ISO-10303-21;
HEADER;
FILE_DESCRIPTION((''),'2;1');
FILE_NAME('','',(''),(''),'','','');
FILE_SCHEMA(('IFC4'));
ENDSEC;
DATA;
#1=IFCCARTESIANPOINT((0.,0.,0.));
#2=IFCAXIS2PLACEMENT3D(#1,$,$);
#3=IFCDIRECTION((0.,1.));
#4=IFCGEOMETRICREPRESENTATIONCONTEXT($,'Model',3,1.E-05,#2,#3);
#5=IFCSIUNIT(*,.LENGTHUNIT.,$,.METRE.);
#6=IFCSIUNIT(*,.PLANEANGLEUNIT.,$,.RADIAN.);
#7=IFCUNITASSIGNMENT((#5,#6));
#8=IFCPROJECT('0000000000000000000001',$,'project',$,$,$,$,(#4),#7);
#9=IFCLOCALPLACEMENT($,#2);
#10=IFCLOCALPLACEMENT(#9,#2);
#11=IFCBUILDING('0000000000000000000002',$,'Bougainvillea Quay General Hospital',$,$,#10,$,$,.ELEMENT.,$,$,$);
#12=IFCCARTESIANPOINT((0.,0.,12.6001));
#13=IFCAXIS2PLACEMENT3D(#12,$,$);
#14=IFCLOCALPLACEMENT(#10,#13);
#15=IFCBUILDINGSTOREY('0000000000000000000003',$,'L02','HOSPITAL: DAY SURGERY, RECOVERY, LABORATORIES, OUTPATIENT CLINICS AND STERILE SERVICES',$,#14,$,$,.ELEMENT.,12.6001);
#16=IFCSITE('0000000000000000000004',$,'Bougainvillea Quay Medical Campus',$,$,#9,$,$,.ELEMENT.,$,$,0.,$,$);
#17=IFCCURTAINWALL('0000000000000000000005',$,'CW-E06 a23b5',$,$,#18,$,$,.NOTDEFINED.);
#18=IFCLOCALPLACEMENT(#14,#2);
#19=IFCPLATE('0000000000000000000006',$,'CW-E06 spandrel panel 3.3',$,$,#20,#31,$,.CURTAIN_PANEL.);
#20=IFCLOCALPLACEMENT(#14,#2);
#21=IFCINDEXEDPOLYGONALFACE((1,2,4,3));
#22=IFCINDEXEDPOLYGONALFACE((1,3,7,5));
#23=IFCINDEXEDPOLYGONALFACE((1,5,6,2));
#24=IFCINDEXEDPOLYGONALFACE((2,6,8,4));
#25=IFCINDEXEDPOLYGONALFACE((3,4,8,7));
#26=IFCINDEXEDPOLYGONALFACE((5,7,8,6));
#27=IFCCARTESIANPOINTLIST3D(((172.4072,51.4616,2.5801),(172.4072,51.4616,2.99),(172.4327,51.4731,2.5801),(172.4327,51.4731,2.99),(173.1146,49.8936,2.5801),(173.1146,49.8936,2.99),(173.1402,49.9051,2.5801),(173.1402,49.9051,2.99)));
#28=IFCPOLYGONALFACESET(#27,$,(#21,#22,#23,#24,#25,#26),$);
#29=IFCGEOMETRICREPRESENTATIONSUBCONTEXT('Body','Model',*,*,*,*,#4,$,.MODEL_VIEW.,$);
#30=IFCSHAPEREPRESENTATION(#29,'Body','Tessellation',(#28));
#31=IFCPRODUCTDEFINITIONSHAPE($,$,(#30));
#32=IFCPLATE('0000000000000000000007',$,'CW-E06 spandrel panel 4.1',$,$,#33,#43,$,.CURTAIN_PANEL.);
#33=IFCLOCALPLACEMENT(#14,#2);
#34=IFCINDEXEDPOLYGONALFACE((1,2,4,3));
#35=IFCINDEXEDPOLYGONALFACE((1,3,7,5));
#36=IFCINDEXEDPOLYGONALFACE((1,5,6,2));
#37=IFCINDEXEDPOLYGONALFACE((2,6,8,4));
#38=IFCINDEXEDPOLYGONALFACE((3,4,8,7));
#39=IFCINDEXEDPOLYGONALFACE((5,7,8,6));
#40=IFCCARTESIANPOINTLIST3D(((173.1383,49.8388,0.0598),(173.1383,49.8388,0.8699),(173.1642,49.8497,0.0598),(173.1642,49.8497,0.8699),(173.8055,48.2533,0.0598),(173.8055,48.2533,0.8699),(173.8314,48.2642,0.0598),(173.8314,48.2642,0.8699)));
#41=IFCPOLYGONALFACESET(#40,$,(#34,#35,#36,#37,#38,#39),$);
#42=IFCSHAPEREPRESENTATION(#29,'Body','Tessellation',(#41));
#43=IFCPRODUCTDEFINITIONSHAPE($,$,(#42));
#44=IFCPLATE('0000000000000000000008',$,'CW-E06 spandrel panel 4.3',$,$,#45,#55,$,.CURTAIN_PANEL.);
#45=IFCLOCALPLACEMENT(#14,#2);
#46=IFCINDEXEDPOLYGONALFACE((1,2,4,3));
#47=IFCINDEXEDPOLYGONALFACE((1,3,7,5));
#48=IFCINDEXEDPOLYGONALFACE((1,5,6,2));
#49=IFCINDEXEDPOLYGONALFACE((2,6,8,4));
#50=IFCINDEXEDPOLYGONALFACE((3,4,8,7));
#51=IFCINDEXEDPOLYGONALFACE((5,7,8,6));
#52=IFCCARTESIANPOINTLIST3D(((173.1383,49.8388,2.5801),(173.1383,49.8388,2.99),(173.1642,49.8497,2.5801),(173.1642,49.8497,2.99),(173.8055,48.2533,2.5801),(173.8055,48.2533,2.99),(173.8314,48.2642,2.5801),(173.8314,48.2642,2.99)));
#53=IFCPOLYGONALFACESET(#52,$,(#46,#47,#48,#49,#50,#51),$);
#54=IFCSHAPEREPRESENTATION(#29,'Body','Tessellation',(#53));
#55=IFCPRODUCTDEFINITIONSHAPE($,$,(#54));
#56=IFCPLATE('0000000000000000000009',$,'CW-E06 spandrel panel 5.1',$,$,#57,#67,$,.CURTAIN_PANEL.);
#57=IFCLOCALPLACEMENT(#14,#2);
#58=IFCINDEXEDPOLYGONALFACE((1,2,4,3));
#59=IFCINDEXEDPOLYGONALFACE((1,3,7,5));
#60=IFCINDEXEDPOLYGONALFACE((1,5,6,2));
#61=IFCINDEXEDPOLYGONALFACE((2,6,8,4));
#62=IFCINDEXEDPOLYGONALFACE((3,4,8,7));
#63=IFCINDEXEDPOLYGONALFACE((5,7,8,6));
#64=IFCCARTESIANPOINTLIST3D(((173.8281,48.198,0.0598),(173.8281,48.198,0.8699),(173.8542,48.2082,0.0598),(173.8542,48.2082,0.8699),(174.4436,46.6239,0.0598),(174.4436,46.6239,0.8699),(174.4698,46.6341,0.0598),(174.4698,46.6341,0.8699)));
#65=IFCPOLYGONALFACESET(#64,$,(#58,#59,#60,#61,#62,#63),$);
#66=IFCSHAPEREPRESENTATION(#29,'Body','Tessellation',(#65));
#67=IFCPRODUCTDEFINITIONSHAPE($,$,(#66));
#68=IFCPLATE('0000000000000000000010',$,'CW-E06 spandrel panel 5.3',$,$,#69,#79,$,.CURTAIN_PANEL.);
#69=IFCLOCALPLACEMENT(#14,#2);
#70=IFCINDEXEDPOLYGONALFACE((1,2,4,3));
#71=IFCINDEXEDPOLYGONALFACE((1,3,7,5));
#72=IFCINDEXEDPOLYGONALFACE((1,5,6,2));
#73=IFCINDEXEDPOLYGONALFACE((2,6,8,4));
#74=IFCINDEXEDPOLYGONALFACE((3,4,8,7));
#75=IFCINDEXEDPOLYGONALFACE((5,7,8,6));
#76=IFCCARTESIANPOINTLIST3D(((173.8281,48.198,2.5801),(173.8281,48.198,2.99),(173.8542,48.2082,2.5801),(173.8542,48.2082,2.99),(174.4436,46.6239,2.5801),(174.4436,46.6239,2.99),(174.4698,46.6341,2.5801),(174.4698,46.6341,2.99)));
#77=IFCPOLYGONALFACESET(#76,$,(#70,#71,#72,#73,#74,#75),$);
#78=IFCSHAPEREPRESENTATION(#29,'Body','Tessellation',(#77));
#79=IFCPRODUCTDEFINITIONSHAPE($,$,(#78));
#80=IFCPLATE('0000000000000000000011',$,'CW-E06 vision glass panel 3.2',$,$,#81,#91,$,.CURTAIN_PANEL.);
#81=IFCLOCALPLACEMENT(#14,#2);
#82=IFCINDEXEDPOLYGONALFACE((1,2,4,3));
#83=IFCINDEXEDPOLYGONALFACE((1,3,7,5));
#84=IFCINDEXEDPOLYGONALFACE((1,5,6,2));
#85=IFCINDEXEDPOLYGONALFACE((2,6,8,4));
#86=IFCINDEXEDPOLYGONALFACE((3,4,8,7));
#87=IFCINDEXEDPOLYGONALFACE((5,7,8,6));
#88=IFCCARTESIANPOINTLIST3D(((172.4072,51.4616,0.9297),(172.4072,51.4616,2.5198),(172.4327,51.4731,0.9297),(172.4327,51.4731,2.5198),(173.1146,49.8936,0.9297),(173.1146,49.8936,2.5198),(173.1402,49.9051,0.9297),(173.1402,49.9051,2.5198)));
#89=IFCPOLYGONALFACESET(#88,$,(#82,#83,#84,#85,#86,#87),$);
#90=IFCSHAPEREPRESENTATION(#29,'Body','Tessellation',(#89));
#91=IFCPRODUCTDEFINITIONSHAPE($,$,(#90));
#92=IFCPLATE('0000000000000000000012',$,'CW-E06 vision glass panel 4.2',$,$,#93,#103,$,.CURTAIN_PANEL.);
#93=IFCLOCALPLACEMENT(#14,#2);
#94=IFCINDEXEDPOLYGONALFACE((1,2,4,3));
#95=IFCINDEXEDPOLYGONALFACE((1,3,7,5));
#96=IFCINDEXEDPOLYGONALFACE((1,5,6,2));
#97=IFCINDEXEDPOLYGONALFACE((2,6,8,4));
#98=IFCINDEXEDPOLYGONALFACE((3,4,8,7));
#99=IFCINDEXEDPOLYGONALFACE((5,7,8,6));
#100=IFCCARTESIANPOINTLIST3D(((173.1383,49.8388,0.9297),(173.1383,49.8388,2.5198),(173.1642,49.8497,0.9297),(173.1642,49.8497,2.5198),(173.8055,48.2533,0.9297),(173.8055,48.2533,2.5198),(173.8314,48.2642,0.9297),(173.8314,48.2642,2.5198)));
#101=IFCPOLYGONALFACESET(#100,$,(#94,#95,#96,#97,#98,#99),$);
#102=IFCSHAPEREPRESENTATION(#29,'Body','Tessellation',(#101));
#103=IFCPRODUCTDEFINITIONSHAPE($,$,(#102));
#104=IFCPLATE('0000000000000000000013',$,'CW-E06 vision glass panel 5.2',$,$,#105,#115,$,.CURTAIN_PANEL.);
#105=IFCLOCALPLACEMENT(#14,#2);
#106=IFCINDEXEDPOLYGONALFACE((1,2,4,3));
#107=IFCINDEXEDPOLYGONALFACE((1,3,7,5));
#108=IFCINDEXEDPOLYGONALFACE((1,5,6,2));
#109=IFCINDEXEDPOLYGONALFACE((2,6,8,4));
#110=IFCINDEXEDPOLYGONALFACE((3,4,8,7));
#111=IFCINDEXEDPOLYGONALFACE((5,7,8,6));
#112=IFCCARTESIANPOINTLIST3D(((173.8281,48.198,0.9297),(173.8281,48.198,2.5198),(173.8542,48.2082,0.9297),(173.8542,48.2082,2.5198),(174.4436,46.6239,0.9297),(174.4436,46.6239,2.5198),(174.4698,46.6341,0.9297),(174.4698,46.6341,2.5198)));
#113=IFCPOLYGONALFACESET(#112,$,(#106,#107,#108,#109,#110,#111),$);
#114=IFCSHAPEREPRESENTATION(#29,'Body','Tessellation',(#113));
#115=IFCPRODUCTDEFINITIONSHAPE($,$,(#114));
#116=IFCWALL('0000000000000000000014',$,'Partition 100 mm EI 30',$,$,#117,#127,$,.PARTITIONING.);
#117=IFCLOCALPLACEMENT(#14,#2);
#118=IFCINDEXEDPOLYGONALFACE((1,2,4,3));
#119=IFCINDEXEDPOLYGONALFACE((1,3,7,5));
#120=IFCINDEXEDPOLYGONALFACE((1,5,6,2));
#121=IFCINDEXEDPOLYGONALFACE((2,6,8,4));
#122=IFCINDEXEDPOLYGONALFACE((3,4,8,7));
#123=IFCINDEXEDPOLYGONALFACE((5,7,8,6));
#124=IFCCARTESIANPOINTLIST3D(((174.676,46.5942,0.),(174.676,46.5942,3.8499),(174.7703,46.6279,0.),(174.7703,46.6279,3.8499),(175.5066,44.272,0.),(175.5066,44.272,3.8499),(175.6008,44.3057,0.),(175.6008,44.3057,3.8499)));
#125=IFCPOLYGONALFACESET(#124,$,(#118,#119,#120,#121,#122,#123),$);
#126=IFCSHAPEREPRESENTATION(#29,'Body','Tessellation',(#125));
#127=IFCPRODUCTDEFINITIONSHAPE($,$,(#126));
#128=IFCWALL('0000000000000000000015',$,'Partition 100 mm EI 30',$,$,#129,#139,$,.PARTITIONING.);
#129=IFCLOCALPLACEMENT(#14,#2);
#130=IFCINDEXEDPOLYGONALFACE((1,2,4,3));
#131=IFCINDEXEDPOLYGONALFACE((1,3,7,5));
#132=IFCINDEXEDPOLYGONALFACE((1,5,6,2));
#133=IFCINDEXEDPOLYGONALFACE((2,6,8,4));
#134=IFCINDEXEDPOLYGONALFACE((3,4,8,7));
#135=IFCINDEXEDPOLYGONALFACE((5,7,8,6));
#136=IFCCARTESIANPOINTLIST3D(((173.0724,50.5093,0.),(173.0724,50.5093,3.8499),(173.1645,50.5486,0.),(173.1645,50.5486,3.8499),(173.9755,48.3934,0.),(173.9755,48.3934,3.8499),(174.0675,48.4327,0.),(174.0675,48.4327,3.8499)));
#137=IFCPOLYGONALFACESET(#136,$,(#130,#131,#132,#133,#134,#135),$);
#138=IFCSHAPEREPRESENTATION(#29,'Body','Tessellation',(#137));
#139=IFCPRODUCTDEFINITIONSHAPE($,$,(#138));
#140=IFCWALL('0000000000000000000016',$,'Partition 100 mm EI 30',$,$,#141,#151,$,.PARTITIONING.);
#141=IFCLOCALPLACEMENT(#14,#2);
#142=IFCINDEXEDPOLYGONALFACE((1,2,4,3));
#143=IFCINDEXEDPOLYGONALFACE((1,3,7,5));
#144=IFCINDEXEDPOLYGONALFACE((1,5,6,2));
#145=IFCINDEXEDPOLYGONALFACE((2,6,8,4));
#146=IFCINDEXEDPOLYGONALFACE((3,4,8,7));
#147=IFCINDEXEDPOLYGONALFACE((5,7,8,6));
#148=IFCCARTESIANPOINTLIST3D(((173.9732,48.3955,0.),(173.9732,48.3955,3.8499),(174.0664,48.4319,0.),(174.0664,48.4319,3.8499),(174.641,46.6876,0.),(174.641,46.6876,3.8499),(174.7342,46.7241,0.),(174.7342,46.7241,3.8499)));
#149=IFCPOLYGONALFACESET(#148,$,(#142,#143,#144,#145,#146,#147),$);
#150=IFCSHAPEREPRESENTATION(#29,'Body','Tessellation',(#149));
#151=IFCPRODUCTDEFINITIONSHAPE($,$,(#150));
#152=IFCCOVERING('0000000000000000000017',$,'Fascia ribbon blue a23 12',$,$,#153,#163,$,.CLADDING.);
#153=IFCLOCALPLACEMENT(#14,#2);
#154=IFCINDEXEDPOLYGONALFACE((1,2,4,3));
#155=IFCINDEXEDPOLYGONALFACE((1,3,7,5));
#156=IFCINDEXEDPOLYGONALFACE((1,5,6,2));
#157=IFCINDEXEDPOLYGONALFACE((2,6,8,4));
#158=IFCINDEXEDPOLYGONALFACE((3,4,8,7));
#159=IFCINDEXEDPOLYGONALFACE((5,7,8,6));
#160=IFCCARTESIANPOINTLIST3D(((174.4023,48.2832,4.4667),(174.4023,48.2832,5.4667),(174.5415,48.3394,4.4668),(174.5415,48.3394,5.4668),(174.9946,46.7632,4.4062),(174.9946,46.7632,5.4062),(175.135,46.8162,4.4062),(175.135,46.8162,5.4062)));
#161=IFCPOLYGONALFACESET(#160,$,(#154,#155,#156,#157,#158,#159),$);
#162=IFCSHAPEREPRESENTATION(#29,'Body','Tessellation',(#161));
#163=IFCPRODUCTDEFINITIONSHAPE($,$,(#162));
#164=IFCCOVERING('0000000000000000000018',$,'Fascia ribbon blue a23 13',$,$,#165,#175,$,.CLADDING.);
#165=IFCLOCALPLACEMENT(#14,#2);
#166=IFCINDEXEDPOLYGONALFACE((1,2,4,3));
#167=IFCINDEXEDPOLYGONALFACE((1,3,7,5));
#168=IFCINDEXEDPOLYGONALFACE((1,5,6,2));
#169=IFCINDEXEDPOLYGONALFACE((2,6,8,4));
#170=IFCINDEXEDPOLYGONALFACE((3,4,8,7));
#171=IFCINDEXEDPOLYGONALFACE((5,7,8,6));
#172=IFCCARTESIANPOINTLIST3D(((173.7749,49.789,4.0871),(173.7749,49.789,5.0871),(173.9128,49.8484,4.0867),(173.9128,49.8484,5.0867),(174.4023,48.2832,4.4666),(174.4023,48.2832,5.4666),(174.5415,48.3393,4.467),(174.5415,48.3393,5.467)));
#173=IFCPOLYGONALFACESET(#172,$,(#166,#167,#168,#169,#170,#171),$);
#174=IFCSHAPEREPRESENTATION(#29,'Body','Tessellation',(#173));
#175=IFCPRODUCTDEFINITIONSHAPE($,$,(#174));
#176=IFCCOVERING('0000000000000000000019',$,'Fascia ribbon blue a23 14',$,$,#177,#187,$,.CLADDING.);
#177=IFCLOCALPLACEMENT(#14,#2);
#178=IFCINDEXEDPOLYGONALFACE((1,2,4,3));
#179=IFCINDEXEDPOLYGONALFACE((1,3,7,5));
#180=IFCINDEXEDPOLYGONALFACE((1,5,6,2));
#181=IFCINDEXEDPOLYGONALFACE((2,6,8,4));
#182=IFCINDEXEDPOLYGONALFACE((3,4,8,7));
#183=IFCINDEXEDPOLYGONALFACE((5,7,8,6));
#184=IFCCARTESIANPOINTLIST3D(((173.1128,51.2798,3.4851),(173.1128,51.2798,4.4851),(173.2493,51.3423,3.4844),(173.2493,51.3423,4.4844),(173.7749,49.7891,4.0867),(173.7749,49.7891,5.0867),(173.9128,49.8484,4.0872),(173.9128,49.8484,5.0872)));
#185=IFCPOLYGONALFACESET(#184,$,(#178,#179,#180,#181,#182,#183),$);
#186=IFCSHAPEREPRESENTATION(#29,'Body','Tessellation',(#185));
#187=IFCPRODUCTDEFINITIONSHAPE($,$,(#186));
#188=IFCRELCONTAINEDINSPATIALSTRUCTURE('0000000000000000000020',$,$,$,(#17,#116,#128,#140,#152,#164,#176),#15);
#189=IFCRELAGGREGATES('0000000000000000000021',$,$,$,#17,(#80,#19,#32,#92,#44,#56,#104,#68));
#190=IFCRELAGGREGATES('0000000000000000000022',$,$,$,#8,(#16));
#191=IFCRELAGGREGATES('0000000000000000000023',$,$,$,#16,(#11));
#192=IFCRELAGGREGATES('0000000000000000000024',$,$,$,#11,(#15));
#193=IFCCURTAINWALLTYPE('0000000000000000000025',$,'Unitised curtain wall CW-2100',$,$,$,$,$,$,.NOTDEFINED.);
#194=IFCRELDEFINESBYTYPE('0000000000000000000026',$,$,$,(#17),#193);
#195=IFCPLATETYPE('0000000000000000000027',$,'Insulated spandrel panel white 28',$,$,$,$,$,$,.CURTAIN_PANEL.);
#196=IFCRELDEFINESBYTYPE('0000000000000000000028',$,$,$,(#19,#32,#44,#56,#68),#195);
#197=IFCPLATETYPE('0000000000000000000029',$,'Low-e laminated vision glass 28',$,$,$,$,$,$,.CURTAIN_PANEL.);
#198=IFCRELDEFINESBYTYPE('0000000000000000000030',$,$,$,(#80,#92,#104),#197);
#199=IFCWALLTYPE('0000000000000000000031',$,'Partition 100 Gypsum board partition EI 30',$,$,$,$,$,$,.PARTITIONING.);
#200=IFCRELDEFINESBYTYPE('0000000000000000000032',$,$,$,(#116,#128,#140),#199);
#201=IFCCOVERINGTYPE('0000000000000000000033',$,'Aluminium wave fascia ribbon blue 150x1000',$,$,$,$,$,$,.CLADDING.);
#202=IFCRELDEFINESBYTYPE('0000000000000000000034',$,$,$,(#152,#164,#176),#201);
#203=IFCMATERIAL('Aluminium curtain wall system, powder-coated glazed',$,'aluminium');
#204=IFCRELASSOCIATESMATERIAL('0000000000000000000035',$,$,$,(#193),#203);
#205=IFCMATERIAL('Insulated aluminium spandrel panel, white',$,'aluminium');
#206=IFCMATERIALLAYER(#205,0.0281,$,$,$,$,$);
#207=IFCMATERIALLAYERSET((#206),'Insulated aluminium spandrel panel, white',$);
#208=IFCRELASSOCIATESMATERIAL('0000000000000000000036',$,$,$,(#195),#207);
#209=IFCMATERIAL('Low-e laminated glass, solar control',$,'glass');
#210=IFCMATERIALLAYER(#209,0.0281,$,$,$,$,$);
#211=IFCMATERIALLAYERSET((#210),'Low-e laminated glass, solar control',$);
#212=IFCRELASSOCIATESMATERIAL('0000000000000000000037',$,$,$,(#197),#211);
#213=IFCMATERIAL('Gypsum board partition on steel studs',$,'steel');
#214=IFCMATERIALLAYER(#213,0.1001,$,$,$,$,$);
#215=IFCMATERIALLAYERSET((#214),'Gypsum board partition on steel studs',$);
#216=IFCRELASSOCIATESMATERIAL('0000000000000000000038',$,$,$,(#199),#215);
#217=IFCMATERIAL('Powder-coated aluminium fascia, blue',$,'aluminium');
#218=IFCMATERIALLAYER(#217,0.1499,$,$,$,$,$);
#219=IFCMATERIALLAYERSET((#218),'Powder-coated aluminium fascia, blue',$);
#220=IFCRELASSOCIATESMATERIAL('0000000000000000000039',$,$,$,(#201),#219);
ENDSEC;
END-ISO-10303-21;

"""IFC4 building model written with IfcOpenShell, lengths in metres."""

from ifc_helpers import new_model, si_unit, direction, frame, frame_2d, origin, origin_2d, place, context, subcontext, project, spatial, polyline, rectangle, outline, extrude, material, layer, layer_set, type_object, element, aggregate, save


model = new_model("IFC4")

# Units and contexts
model_context = context("Model", 3, precision=1e-05, world=origin(), true_north=direction((0.0, 1.0)))
body_context = subcontext(model_context, "Body", "Model", "MODEL_VIEW")
ifc_project = project(units=[si_unit("LENGTHUNIT", "METRE"), si_unit("PLANEANGLEUNIT", "RADIAN")], contexts=[model_context])

# Site, building, storey
site_placement = place(None, origin())
site = spatial("IfcSite", under=ifc_project, at=site_placement, Name="Bougainvillea Quay Medical Campus", CompositionType="ELEMENT", RefElevation=0.0)
building_placement = place(site_placement, origin())
building = spatial("IfcBuilding", under=site, at=building_placement, Name="Bougainvillea Quay General Hospital", CompositionType="ELEMENT")
storey_placement = place(building_placement, frame((0.0, 0.0, 12.6001)))
storey = spatial("IfcBuildingStorey", under=building, at=storey_placement, Name="L02", Description="HOSPITAL: DAY SURGERY, RECOVERY, LABORATORIES, OUTPATIENT CLINICS AND STERILE SERVICES", CompositionType="ELEMENT", Elevation=12.6001)

# Curtain wall, plates
ifc_material_1 = material(Name="Aluminium curtain wall system, powder-coated glazed", Category="aluminium")
curtain_wall_type = type_object("IfcCurtainWallType", Name="Unitised curtain wall CW-2100", PredefinedType="NOTDEFINED", material=ifc_material_1)
curtain_wall_placement = place(storey_placement, origin())
curtain_wall = element("IfcCurtainWall", 1, at=curtain_wall_placement, inside=storey, type_object=curtain_wall_type, Name="CW-E06 a23b5", PredefinedType="NOTDEFINED")
ifc_material_2 = material(Name="Insulated aluminium spandrel panel, white", Category="aluminium")
ifc_layer_1 = layer(ifc_material_2, 0.0281)
ifc_layer_set_1 = layer_set([ifc_layer_1], Name="Insulated aluminium spandrel panel, white")
plate_type_1 = type_object("IfcPlateType", Name="Insulated spandrel panel white 28", PredefinedType="CURTAIN_PANEL", material=ifc_layer_set_1)
plate_1_placement = place(storey_placement, frame((172.7737, 50.6833, 2.5801), z_axis=(0.0, 0.0, 1.0), x_axis=(0.41126, -0.911518, 0.0)))
plate_1 = element("IfcPlate", 2, at=plate_1_placement, type_object=plate_type_1, Name="CW-E06 spandrel panel 3.3", PredefinedType="CURTAIN_PANEL", context=body_context, shape_type="SweptSolid", body=[
    extrude(rectangle(XDim=1.7202, YDim=0.0281, at=origin_2d()), origin(), (0.0, 0.0, 1.0), 0.4099),
])
plate_2_placement = place(storey_placement, frame((173.4849, 49.0515, 0.0598), z_axis=(0.0, 0.0, 1.0), x_axis=(0.387863, -0.921717, 0.0)))
plate_2 = element("IfcPlate", 3, at=plate_2_placement, type_object=plate_type_1, Name="CW-E06 spandrel panel 4.1", PredefinedType="CURTAIN_PANEL", context=body_context, shape_type="SweptSolid", body=[
    extrude(rectangle(XDim=1.7202, YDim=0.0281, at=origin_2d()), origin(), (0.0, 0.0, 1.0), 0.8101),
])
plate_3_placement = place(storey_placement, frame((173.4849, 49.0515, 2.5801), z_axis=(0.0, 0.0, 1.0), x_axis=(0.387863, -0.921717, 0.0)))
plate_3 = element("IfcPlate", 4, at=plate_3_placement, type_object=plate_type_1, Name="CW-E06 spandrel panel 4.3", PredefinedType="CURTAIN_PANEL", context=body_context, shape_type="SweptSolid", body=[
    extrude(rectangle(XDim=1.7202, YDim=0.0281, at=origin_2d()), origin(), (0.0, 0.0, 1.0), 0.4099),
])
plate_4_placement = place(storey_placement, frame((174.1489, 47.416, 0.0598), z_axis=(0.0, 0.0, 1.0), x_axis=(0.364214, -0.931315, 0.0)))
plate_4 = element("IfcPlate", 5, at=plate_4_placement, type_object=plate_type_1, Name="CW-E06 spandrel panel 5.1", PredefinedType="CURTAIN_PANEL", context=body_context, shape_type="SweptSolid", body=[
    extrude(rectangle(XDim=1.6902, YDim=0.0281, at=origin_2d()), origin(), (0.0, 0.0, 1.0), 0.8101),
])
plate_5_placement = place(storey_placement, frame((174.1489, 47.416, 2.5801), z_axis=(0.0, 0.0, 1.0), x_axis=(0.364214, -0.931315, 0.0)))
plate_5 = element("IfcPlate", 6, at=plate_5_placement, type_object=plate_type_1, Name="CW-E06 spandrel panel 5.3", PredefinedType="CURTAIN_PANEL", context=body_context, shape_type="SweptSolid", body=[
    extrude(rectangle(XDim=1.6902, YDim=0.0281, at=origin_2d()), origin(), (0.0, 0.0, 1.0), 0.4099),
])
ifc_material_3 = material(Name="Low-e laminated glass, solar control", Category="glass")
ifc_layer_2 = layer(ifc_material_3, 0.0281)
ifc_layer_set_2 = layer_set([ifc_layer_2], Name="Low-e laminated glass, solar control")
plate_type_2 = type_object("IfcPlateType", Name="Low-e laminated vision glass 28", PredefinedType="CURTAIN_PANEL", material=ifc_layer_set_2)
plate_6_placement = place(storey_placement, frame((172.7737, 50.6833, 0.9297), z_axis=(0.0, 0.0, 1.0), x_axis=(0.41126, -0.911518, 0.0)))
plate_6 = element("IfcPlate", 7, at=plate_6_placement, type_object=plate_type_2, Name="CW-E06 vision glass panel 3.2", PredefinedType="CURTAIN_PANEL", context=body_context, shape_type="SweptSolid", body=[
    extrude(rectangle(XDim=1.7202, YDim=0.0281, at=origin_2d()), origin(), (0.0, 0.0, 1.0), 1.5901),
])
plate_7_placement = place(storey_placement, frame((173.4849, 49.0515, 0.9297), z_axis=(0.0, 0.0, 1.0), x_axis=(0.387863, -0.921717, 0.0)))
plate_7 = element("IfcPlate", 8, at=plate_7_placement, type_object=plate_type_2, Name="CW-E06 vision glass panel 4.2", PredefinedType="CURTAIN_PANEL", context=body_context, shape_type="SweptSolid", body=[
    extrude(rectangle(XDim=1.7202, YDim=0.0281, at=origin_2d()), origin(), (0.0, 0.0, 1.0), 1.5901),
])
plate_8_placement = place(storey_placement, frame((174.1489, 47.416, 0.9297), z_axis=(0.0, 0.0, 1.0), x_axis=(0.364214, -0.931315, 0.0)))
plate_8 = element("IfcPlate", 9, at=plate_8_placement, type_object=plate_type_2, Name="CW-E06 vision glass panel 5.2", PredefinedType="CURTAIN_PANEL", context=body_context, shape_type="SweptSolid", body=[
    extrude(rectangle(XDim=1.6902, YDim=0.0281, at=origin_2d()), origin(), (0.0, 0.0, 1.0), 1.5901),
])
aggregate(curtain_wall, [plate_6, plate_1, plate_2, plate_7, plate_3, plate_4, plate_8, plate_5])

# Walls
ifc_material_4 = material(Name="Gypsum board partition on steel studs", Category="steel")
ifc_layer_3 = layer(ifc_material_4, 0.1001)
ifc_layer_set_3 = layer_set([ifc_layer_3], Name="Gypsum board partition on steel studs")
wall_type = type_object("IfcWallType", Name="Partition 100 Gypsum board partition EI 30", PredefinedType="PARTITIONING", material=ifc_layer_set_3)
wall_1_placement = place(storey_placement, frame((174.7231, 46.6111, 0.0), z_axis=(0.0, 0.0, 1.0), x_axis=(0.336763, -0.94159, 0.0)))
element("IfcWall", 10, at=wall_1_placement, inside=storey, type_object=wall_type, Name="Partition 100 mm EI 30", PredefinedType="PARTITIONING", context=body_context, shape_type="SweptSolid", body=[
    extrude(rectangle(XDim=2.4663, YDim=0.1001, at=frame_2d((1.2332, 0.0))), origin(), (0.0, 0.0, 1.0), 3.8499),
])
wall_2_placement = place(storey_placement, frame((173.1184, 50.5291, 0.0), z_axis=(0.0, 0.0, 1.0), x_axis=(0.392536, -0.919737, 0.0)))
element("IfcWall", 11, at=wall_2_placement, inside=storey, type_object=wall_type, Name="Partition 100 mm EI 30", PredefinedType="PARTITIONING", context=body_context, shape_type="SweptSolid", body=[
    extrude(rectangle(XDim=2.3005, YDim=0.1001, at=frame_2d((1.1504, 0.0))), origin(), (0.0, 0.0, 1.0), 3.8499),
])
wall_3_placement = place(storey_placement, frame((174.0198, 48.4138, 0.0), z_axis=(0.0, 0.0, 1.0), x_axis=(0.364148, -0.931341, 0.0)))
element("IfcWall", 12, at=wall_3_placement, inside=storey, type_object=wall_type, Name="Partition 100 mm EI 30", PredefinedType="PARTITIONING", context=body_context, shape_type="SweptSolid", body=[
    extrude(rectangle(XDim=1.8337, YDim=0.1001, at=frame_2d((0.917, 0.0))), origin(), (0.0, 0.0, 1.0), 3.8499),
])

# Coverings
ifc_material_5 = material(Name="Powder-coated aluminium fascia, blue", Category="aluminium")
ifc_layer_4 = layer(ifc_material_5, 0.1499)
ifc_layer_set_4 = layer_set([ifc_layer_4], Name="Powder-coated aluminium fascia, blue")
covering_type = type_object("IfcCoveringType", Name="Aluminium wave fascia ribbon blue 150x1000", PredefinedType="CLADDING", material=ifc_layer_set_4)
covering_1_placement = place(storey_placement, frame((174.9946, 46.7632, 4.4062), z_axis=(0.013474, -0.034514, 0.999313), x_axis=(-0.362818, 0.931123, 0.037051)))
element("IfcCovering", 13, at=covering_1_placement, inside=storey, type_object=covering_type, Name="Fascia ribbon blue a23 12", PredefinedType="CLADDING", context=body_context, shape_type="SweptSolid", body=[
    extrude(outline(polyline([(0.0, 0.0), (1.6325, 0.0), (1.6343, -0.1501), (-0.0016, -0.15), (0.0, 0.0)])), origin(), (0.037051, 0.000024, 0.999313), 1.0),
])
covering_2_placement = place(storey_placement, frame((174.4023, 48.2832, 4.4666), z_axis=(-0.087156, 0.209138, 0.973994), x_axis=(-0.374613, 0.899072, -0.226573)))
element("IfcCovering", 14, at=covering_2_placement, inside=storey, type_object=covering_type, Name="Fascia ribbon blue a23 13", PredefinedType="CLADDING", context=body_context, shape_type="SweptSolid", body=[
    extrude(outline(polyline([(0.0, 0.0), (1.6749, 0.0), (1.6767, -0.1501), (-0.0018, -0.1501), (0.0, 0.0)])), origin(), (-0.226573, -0.000014, 0.973994), 1.0),
])
covering_3_placement = place(storey_placement, frame((173.7749, 49.7891, 4.0867), z_axis=(-0.139696, 0.316545, 0.938235), x_axis=(-0.380845, 0.857463, -0.345999)))
element("IfcCovering", 15, at=covering_3_placement, inside=storey, type_object=covering_type, Name="Fascia ribbon blue a23 14", PredefinedType="CLADDING", context=body_context, shape_type="SweptSolid", body=[
    extrude(outline(polyline([(0.0, 0.0), (1.7385, 0.0), (1.7404, -0.1501), (-0.0018, -0.1501), (0.0, 0.0)])), origin(), (-0.345999, 0.000771, 0.938235), 1.0),
])

save(model, "model.ifc")
